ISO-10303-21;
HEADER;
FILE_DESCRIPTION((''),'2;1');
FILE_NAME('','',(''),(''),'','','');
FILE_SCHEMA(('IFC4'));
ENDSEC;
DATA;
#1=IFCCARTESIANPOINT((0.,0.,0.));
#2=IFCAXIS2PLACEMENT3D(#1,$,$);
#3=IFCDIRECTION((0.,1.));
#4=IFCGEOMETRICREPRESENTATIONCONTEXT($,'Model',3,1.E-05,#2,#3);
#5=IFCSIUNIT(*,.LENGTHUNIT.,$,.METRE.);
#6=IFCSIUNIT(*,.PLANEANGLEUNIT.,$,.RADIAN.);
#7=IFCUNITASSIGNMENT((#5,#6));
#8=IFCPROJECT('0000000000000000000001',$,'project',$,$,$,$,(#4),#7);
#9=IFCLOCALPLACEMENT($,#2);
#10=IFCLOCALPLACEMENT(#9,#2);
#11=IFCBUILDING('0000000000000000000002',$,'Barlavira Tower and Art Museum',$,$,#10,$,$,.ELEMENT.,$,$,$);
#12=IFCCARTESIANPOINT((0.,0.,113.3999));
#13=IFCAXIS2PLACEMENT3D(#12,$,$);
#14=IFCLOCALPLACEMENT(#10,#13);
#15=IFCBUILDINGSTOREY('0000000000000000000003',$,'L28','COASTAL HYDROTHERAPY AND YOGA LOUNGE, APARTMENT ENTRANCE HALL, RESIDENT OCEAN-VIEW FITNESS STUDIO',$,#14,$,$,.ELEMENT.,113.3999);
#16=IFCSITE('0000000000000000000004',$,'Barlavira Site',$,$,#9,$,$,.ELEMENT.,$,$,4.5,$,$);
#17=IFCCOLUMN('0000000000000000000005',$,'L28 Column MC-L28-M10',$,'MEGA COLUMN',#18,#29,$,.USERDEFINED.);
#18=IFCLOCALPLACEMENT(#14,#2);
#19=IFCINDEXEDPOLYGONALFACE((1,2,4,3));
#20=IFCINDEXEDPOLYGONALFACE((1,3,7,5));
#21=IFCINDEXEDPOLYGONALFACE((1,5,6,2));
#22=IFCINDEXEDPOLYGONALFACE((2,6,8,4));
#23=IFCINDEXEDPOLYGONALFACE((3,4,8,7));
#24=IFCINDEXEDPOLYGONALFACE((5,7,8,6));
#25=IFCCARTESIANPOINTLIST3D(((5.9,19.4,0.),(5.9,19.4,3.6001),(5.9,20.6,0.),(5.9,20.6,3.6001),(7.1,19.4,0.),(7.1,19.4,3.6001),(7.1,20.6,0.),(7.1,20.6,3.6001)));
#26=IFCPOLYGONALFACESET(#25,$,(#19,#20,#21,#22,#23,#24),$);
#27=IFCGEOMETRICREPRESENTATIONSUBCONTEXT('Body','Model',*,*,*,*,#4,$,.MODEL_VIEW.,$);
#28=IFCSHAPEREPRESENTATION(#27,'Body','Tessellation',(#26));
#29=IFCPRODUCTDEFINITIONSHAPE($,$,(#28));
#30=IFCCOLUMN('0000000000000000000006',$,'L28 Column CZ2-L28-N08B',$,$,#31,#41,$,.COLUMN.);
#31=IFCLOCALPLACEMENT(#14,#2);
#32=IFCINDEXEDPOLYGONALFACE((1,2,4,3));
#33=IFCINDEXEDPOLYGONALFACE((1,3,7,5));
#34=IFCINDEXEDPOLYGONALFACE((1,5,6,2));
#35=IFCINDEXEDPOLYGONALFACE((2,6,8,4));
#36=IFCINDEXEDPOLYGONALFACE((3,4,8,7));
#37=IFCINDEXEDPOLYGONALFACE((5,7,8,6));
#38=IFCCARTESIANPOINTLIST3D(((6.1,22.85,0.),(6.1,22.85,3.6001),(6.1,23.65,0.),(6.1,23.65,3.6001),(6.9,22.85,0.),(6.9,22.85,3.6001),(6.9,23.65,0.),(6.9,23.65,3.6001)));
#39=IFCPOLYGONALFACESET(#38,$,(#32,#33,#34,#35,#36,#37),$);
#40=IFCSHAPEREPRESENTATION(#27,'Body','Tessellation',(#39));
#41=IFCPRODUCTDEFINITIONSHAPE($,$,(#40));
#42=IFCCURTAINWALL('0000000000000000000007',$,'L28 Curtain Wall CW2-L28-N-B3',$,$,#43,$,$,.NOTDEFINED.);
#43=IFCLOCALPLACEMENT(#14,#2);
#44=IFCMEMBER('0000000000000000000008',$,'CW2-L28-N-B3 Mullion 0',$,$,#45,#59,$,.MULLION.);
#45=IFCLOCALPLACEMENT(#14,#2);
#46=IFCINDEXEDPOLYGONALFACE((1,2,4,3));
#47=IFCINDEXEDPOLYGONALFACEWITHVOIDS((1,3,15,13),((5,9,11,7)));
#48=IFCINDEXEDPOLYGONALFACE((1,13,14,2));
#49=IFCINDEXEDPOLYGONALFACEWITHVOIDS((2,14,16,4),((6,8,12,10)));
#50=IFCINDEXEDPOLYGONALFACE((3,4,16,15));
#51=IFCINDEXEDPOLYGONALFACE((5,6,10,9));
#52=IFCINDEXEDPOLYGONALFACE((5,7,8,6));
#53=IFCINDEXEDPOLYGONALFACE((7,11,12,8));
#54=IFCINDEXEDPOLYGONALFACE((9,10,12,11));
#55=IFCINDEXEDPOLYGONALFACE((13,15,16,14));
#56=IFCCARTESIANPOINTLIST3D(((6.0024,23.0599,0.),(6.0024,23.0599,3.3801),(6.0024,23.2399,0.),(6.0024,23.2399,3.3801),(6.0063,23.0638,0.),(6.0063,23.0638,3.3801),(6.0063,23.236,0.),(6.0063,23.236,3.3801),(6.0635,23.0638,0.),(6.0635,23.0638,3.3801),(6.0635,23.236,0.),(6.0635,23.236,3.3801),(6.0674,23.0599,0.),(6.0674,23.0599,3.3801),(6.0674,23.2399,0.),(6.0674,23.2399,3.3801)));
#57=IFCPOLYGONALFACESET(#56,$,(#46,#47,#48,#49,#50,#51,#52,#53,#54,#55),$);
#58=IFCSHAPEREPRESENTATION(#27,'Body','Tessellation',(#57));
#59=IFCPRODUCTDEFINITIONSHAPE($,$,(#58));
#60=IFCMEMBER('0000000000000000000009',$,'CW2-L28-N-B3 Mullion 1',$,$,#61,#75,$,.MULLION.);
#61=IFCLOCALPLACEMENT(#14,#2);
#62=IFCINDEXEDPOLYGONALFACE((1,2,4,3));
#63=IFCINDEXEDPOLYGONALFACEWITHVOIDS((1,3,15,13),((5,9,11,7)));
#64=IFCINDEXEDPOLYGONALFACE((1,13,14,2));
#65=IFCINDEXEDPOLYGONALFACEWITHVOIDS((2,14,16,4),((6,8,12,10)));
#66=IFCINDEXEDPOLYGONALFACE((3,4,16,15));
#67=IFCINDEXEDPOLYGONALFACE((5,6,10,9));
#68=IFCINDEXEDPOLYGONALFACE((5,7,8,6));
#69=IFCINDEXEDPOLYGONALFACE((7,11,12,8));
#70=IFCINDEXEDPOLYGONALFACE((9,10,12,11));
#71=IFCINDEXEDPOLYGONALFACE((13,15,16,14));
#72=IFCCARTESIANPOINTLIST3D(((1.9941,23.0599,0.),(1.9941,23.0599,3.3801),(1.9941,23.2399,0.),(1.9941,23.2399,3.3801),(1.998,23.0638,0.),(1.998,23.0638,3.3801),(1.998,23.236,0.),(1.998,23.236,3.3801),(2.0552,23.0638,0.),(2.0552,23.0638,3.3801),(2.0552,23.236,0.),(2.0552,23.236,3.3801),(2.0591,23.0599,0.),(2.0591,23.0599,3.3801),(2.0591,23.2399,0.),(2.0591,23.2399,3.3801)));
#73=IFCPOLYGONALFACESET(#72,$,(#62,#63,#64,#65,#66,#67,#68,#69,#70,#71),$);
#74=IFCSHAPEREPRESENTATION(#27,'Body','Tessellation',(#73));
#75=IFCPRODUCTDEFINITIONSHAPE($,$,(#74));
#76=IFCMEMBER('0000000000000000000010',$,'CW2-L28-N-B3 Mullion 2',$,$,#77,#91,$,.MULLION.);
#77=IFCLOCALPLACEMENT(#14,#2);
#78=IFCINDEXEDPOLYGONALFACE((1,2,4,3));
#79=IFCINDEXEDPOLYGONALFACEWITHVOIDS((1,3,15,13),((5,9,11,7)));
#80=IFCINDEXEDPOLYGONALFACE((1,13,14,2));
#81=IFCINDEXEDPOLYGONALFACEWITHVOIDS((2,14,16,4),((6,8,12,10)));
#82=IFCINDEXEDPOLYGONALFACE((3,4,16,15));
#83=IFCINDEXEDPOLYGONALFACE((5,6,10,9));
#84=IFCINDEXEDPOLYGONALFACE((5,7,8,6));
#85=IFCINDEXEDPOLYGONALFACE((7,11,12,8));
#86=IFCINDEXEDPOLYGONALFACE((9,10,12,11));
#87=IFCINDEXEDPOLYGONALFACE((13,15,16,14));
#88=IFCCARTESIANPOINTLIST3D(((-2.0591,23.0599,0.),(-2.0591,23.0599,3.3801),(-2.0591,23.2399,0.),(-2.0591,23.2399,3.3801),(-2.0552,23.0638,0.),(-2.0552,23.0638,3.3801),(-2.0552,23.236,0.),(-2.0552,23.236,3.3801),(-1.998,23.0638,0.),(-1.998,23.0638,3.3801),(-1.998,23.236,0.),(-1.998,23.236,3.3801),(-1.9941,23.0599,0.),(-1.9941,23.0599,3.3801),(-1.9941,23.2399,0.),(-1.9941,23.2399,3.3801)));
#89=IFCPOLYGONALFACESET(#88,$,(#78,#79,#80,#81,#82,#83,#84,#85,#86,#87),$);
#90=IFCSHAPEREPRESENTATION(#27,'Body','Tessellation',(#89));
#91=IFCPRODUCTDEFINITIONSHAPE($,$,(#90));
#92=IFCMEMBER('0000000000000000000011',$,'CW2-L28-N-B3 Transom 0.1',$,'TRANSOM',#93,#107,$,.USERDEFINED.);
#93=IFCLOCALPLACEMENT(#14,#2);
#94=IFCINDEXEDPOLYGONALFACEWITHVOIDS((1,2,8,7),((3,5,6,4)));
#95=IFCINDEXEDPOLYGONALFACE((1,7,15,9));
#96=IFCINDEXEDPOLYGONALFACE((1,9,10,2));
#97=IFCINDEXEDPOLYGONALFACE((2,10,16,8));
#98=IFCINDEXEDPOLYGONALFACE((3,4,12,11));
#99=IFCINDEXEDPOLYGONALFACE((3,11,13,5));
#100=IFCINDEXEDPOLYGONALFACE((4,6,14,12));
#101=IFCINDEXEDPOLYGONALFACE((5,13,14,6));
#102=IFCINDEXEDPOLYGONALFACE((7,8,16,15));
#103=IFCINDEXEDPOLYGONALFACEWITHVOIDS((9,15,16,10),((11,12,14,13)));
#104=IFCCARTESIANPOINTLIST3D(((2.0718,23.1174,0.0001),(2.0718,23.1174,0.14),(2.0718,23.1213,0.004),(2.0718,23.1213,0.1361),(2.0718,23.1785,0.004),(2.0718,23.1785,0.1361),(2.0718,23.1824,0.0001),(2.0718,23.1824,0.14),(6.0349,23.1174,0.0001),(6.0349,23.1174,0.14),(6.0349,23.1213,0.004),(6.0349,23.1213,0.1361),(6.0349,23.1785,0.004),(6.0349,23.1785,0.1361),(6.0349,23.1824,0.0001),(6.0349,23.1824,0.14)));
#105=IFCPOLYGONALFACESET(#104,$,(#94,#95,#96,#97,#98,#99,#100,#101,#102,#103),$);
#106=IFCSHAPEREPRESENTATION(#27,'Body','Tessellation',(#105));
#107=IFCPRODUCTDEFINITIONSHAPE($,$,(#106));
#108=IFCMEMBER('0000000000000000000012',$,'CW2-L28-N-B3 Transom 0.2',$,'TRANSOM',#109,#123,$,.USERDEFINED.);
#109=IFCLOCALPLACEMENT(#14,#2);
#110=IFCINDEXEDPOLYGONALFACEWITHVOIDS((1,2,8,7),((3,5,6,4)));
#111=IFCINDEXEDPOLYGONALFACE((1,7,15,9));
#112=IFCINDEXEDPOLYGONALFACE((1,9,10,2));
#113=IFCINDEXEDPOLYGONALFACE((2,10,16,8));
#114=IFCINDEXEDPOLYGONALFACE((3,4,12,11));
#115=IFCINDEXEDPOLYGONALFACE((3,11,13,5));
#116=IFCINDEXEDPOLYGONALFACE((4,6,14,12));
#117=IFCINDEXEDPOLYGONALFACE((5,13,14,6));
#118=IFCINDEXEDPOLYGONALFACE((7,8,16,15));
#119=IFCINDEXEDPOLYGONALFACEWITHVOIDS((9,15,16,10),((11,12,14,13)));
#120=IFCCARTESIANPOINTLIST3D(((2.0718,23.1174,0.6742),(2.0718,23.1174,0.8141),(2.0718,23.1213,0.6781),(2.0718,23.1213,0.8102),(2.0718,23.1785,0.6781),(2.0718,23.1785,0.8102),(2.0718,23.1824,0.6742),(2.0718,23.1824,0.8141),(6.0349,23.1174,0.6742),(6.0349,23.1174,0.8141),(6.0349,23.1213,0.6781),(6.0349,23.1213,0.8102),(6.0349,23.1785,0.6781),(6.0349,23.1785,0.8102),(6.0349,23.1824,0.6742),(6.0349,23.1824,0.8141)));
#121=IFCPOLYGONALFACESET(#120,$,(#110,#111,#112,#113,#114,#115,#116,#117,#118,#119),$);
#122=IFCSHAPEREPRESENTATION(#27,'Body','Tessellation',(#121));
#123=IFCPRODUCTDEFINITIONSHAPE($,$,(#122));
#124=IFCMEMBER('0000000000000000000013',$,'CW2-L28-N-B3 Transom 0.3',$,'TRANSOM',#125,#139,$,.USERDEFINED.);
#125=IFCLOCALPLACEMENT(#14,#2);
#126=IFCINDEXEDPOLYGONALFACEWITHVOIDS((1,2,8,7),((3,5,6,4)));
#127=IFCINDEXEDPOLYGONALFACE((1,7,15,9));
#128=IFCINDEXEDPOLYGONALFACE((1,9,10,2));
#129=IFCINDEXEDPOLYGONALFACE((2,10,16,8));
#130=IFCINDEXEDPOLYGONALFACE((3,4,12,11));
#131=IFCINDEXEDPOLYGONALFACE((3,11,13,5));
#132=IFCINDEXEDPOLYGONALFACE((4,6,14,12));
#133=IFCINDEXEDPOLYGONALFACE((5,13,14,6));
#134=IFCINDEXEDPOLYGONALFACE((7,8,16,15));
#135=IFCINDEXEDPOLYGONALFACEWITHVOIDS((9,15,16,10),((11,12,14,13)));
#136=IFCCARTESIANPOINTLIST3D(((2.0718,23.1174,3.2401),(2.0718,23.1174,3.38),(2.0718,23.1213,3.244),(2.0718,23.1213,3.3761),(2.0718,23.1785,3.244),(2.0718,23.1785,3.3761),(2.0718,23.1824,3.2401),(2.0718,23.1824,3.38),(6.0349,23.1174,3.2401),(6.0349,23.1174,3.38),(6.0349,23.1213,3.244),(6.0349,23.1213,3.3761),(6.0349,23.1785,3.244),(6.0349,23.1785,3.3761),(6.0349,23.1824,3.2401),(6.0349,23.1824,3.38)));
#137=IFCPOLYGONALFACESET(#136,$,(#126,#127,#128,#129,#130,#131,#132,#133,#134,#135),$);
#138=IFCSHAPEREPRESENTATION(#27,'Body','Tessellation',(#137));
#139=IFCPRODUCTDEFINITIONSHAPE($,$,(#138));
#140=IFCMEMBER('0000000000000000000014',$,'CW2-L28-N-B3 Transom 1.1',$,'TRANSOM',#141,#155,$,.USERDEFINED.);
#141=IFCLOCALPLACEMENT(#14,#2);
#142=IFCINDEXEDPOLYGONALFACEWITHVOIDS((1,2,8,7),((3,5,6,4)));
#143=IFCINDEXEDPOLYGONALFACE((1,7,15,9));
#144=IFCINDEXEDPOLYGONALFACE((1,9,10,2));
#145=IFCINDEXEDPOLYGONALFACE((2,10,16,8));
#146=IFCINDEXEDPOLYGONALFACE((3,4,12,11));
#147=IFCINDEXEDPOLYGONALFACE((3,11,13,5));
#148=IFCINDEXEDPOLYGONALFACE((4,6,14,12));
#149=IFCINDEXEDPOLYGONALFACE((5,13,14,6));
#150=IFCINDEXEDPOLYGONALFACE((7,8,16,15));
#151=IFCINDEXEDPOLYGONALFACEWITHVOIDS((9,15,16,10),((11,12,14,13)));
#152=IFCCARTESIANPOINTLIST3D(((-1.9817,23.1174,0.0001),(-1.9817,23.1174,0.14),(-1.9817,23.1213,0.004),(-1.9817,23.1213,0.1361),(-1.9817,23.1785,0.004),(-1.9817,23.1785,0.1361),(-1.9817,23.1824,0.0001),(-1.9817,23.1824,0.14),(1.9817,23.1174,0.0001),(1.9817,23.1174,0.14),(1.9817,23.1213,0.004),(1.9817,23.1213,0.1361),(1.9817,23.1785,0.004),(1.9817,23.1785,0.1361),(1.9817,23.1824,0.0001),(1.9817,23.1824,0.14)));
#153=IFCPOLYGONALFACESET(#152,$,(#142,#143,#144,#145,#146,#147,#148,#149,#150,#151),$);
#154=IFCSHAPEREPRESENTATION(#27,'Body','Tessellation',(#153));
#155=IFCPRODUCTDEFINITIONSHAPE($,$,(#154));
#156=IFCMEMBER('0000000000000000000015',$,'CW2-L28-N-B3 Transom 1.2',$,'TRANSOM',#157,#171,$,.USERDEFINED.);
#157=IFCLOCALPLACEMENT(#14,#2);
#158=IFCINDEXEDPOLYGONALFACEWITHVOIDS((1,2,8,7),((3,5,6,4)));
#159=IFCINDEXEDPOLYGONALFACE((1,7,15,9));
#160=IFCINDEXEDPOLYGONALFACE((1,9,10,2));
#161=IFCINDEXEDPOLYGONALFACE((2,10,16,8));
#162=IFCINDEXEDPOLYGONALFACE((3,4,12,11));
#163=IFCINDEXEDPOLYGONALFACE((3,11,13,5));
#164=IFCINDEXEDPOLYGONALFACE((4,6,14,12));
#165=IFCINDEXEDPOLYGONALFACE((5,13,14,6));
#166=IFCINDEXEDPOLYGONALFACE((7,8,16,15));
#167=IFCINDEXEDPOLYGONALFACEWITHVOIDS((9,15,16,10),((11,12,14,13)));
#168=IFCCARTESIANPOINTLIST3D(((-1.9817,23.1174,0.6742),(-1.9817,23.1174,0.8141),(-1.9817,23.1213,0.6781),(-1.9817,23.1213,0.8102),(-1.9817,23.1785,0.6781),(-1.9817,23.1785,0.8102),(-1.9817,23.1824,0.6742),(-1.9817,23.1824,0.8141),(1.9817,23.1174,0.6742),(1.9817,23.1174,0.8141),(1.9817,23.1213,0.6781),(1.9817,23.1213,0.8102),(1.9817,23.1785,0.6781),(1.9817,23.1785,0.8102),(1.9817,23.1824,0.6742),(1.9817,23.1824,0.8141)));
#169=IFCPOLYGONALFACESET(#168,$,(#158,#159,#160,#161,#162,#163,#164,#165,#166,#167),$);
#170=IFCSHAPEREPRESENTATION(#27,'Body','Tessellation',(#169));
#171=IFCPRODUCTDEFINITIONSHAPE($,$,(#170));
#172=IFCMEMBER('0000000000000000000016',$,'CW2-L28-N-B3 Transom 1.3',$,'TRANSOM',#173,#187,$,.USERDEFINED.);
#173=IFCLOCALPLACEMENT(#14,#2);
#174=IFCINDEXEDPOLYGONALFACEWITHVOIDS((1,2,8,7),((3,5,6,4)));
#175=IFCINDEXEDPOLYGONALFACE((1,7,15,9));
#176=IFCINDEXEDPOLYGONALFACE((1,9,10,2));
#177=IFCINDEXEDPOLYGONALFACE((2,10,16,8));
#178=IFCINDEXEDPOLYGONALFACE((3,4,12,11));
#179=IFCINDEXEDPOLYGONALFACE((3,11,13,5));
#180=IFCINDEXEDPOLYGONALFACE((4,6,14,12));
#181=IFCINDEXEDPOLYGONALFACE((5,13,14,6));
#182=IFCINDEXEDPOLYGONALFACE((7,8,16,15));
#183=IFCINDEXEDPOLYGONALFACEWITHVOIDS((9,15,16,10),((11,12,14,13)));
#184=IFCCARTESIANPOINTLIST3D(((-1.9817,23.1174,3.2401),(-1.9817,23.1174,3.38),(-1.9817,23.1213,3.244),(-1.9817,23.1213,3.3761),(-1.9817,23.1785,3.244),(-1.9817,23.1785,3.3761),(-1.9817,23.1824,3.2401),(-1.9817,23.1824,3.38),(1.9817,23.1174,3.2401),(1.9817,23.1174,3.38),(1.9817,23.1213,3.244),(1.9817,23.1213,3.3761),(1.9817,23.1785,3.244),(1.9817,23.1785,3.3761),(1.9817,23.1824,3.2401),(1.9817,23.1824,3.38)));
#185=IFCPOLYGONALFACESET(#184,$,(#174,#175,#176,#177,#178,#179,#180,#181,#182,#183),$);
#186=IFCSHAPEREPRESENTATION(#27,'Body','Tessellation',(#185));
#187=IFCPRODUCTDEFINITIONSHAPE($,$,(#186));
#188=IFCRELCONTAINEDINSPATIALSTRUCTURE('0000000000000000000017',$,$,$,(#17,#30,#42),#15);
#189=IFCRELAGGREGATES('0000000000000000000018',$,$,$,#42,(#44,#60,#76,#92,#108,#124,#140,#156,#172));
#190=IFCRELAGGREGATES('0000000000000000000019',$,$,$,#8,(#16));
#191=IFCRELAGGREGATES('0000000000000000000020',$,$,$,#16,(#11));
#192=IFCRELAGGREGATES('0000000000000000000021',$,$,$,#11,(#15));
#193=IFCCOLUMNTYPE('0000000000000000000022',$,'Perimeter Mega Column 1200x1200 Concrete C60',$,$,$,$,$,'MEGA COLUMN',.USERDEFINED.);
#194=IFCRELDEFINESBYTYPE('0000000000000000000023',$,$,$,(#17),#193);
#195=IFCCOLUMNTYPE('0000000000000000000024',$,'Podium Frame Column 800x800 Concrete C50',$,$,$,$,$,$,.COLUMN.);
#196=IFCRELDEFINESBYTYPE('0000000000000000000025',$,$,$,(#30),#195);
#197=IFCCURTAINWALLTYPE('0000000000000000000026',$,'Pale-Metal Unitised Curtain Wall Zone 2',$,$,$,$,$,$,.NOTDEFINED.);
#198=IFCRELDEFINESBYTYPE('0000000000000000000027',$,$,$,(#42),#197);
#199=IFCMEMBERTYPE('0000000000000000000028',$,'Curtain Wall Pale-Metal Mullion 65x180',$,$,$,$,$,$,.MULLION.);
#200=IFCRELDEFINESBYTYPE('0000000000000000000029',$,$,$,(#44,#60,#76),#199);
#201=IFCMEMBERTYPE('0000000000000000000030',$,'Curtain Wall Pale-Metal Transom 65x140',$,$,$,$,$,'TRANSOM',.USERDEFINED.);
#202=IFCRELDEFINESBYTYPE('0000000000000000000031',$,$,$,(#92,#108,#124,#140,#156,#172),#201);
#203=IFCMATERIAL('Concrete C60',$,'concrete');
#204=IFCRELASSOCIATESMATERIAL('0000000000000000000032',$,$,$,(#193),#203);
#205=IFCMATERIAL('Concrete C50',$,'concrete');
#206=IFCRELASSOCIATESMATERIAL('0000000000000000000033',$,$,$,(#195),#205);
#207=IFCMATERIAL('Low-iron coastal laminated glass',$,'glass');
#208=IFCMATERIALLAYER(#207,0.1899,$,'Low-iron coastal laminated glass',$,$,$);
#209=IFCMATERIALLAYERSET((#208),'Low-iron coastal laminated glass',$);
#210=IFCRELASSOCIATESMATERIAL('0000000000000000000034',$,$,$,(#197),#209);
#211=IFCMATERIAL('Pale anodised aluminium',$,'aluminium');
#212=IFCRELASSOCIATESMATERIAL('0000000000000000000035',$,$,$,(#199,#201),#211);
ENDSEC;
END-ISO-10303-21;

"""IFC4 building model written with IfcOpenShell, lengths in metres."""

from ifc_helpers import new_model, si_unit, direction, frame, origin, origin_2d, place, context, subcontext, project, spatial, rectangle, hollow_rectangle, extrude, material, layer, layer_set, material_profile, profile_set, type_object, element, aggregate, save


model = new_model("IFC4")

# Units and contexts
model_context = context("Model", 3, precision=1e-05, world=origin(), true_north=direction((0.0, 1.0)))
body_context = subcontext(model_context, "Body", "Model", "MODEL_VIEW")
ifc_project = project(units=[si_unit("LENGTHUNIT", "METRE"), si_unit("PLANEANGLEUNIT", "RADIAN")], contexts=[model_context])

# Site, building, storey
site_placement = place(None, origin())
site = spatial("IfcSite", under=ifc_project, at=site_placement, Name="Barlavira Site", CompositionType="ELEMENT", RefElevation=4.5)
building_placement = place(site_placement, origin())
building = spatial("IfcBuilding", under=site, at=building_placement, Name="Barlavira Tower and Art Museum", CompositionType="ELEMENT")
storey_placement = place(building_placement, frame((0.0, 0.0, 113.3999)))
storey = spatial("IfcBuildingStorey", under=building, at=storey_placement, Name="L28", Description="COASTAL HYDROTHERAPY AND YOGA LOUNGE, APARTMENT ENTRANCE HALL, RESIDENT OCEAN-VIEW FITNESS STUDIO", CompositionType="ELEMENT", Elevation=113.3999)

# Columns
ifc_material_1 = material(Name="Concrete C60", Category="concrete")
ifc_material_profile_1 = material_profile(ifc_material_1, rectangle(XDim=1.2, YDim=1.2, at=origin_2d()), Name="RC-COL 1200x1200")
ifc_profile_set_1 = profile_set([ifc_material_profile_1], Name="Concrete C60")
column_type_1 = type_object("IfcColumnType", Name="Perimeter Mega Column 1200x1200 Concrete C60", ElementType="MEGA COLUMN", PredefinedType="USERDEFINED", material=ifc_profile_set_1)
column_1_placement = place(storey_placement, frame((6.5, 20.0, 0.0), z_axis=(0.0, 0.0, 1.0), x_axis=(1.0, 0.0, 0.0)))
element("IfcColumn", 1, at=column_1_placement, inside=storey, type_object=column_type_1, Name="L28 Column MC-L28-M10", ObjectType="MEGA COLUMN", PredefinedType="USERDEFINED", context=body_context, shape_type="SweptSolid", body=[
    extrude(rectangle(XDim=1.2, YDim=1.2, at=origin_2d()), origin(), (0.0, 0.0, 1.0), 3.6001),
])
ifc_material_2 = material(Name="Concrete C50", Category="concrete")
ifc_material_profile_2 = material_profile(ifc_material_2, rectangle(XDim=0.8, YDim=0.8, at=origin_2d()), Name="RC-COL 800x800")
ifc_profile_set_2 = profile_set([ifc_material_profile_2], Name="Concrete C50")
column_type_2 = type_object("IfcColumnType", Name="Podium Frame Column 800x800 Concrete C50", PredefinedType="COLUMN", material=ifc_profile_set_2)
column_2_placement = place(storey_placement, frame((6.5, 23.25, 0.0), z_axis=(0.0, 0.0, 1.0), x_axis=(1.0, 0.0, 0.0)))
element("IfcColumn", 2, at=column_2_placement, inside=storey, type_object=column_type_2, Name="L28 Column CZ2-L28-N08B", PredefinedType="COLUMN", context=body_context, shape_type="SweptSolid", body=[
    extrude(rectangle(XDim=0.8, YDim=0.8, at=origin_2d()), origin(), (0.0, 0.0, 1.0), 3.6001),
])

# Curtain wall, members
ifc_material_3 = material(Name="Low-iron coastal laminated glass", Category="glass")
ifc_layer_1 = layer(ifc_material_3, 0.1899, Name="Low-iron coastal laminated glass")
ifc_layer_set_1 = layer_set([ifc_layer_1], Name="Low-iron coastal laminated glass")
curtain_wall_type = type_object("IfcCurtainWallType", Name="Pale-Metal Unitised Curtain Wall Zone 2", PredefinedType="NOTDEFINED", material=ifc_layer_set_1)
curtain_wall_placement = place(storey_placement, origin())
curtain_wall = element("IfcCurtainWall", 3, at=curtain_wall_placement, inside=storey, type_object=curtain_wall_type, Name="L28 Curtain Wall CW2-L28-N-B3", PredefinedType="NOTDEFINED")
ifc_material_4 = material(Name="Pale anodised aluminium", Category="aluminium")
ifc_material_profile_3 = material_profile(ifc_material_4, hollow_rectangle(XDim=0.0649, YDim=0.1799, WallThickness=0.0039, at=origin_2d()), Name="ALU-MULL 65x180x4")
ifc_profile_set_3 = profile_set([ifc_material_profile_3], Name="Pale anodised aluminium")
member_type_1 = type_object("IfcMemberType", Name="Curtain Wall Pale-Metal Mullion 65x180", PredefinedType="MULLION", material=ifc_profile_set_3)
member_1_placement = place(storey_placement, frame((6.0349, 23.1499, 0.0), z_axis=(0.0, 0.0, 1.0), x_axis=(-1.0, 0.0, 0.0)))
member_1 = element("IfcMember", 4, at=member_1_placement, type_object=member_type_1, Name="CW2-L28-N-B3 Mullion 0", PredefinedType="MULLION", context=body_context, shape_type="SweptSolid", body=[
    extrude(hollow_rectangle(XDim=0.0649, YDim=0.1799, WallThickness=0.0039, at=origin_2d()), origin(), (0.0, 0.0, 1.0), 3.3801),
])
member_2_placement = place(storey_placement, frame((2.0266, 23.1499, 0.0), z_axis=(0.0, 0.0, 1.0), x_axis=(-1.0, 0.0, 0.0)))
member_2 = element("IfcMember", 5, at=member_2_placement, type_object=member_type_1, Name="CW2-L28-N-B3 Mullion 1", PredefinedType="MULLION", context=body_context, shape_type="SweptSolid", body=[
    extrude(hollow_rectangle(XDim=0.0649, YDim=0.1799, WallThickness=0.0039, at=origin_2d()), origin(), (0.0, 0.0, 1.0), 3.3801),
])
member_3_placement = place(storey_placement, frame((-2.0266, 23.1499, 0.0), z_axis=(0.0, 0.0, 1.0), x_axis=(-1.0, 0.0, 0.0)))
member_3 = element("IfcMember", 6, at=member_3_placement, type_object=member_type_1, Name="CW2-L28-N-B3 Mullion 2", PredefinedType="MULLION", context=body_context, shape_type="SweptSolid", body=[
    extrude(hollow_rectangle(XDim=0.0649, YDim=0.1799, WallThickness=0.0039, at=origin_2d()), origin(), (0.0, 0.0, 1.0), 3.3801),
])
ifc_material_profile_4 = material_profile(ifc_material_4, hollow_rectangle(XDim=0.0649, YDim=0.1399, WallThickness=0.0039, at=origin_2d()), Name="ALU-TRAN 65x140x4")
ifc_profile_set_4 = profile_set([ifc_material_profile_4], Name="Pale anodised aluminium")
member_type_2 = type_object("IfcMemberType", Name="Curtain Wall Pale-Metal Transom 65x140", ElementType="TRANSOM", PredefinedType="USERDEFINED", material=ifc_profile_set_4)
member_4_placement = place(storey_placement, frame((6.0349, 23.1499, 0.0701), z_axis=(-1.0, 0.0, 0.0), x_axis=(0.0, -1.0, 0.0)))
member_4 = element("IfcMember", 7, at=member_4_placement, type_object=member_type_2, Name="CW2-L28-N-B3 Transom 0.1", ObjectType="TRANSOM", PredefinedType="USERDEFINED", context=body_context, shape_type="SweptSolid", body=[
    extrude(hollow_rectangle(XDim=0.0649, YDim=0.1399, WallThickness=0.0039, at=origin_2d()), origin(), (0.0, 0.0, 1.0), 3.9631),
])
member_5_placement = place(storey_placement, frame((6.0349, 23.1499, 0.7441), z_axis=(-1.0, 0.0, 0.0), x_axis=(0.0, -1.0, 0.0)))
member_5 = element("IfcMember", 8, at=member_5_placement, type_object=member_type_2, Name="CW2-L28-N-B3 Transom 0.2", ObjectType="TRANSOM", PredefinedType="USERDEFINED", context=body_context, shape_type="SweptSolid", body=[
    extrude(hollow_rectangle(XDim=0.0649, YDim=0.1399, WallThickness=0.0039, at=origin_2d()), origin(), (0.0, 0.0, 1.0), 3.9631),
])
member_6_placement = place(storey_placement, frame((6.0349, 23.1499, 3.3101), z_axis=(-1.0, 0.0, 0.0), x_axis=(0.0, -1.0, 0.0)))
member_6 = element("IfcMember", 9, at=member_6_placement, type_object=member_type_2, Name="CW2-L28-N-B3 Transom 0.3", ObjectType="TRANSOM", PredefinedType="USERDEFINED", context=body_context, shape_type="SweptSolid", body=[
    extrude(hollow_rectangle(XDim=0.0649, YDim=0.1399, WallThickness=0.0039, at=origin_2d()), origin(), (0.0, 0.0, 1.0), 3.9631),
])
member_7_placement = place(storey_placement, frame((1.9817, 23.1499, 0.0701), z_axis=(-1.0, 0.0, 0.0), x_axis=(0.0, -1.0, 0.0)))
member_7 = element("IfcMember", 10, at=member_7_placement, type_object=member_type_2, Name="CW2-L28-N-B3 Transom 1.1", ObjectType="TRANSOM", PredefinedType="USERDEFINED", context=body_context, shape_type="SweptSolid", body=[
    extrude(hollow_rectangle(XDim=0.0649, YDim=0.1399, WallThickness=0.0039, at=origin_2d()), origin(), (0.0, 0.0, 1.0), 3.9634),
])
member_8_placement = place(storey_placement, frame((1.9817, 23.1499, 0.7441), z_axis=(-1.0, 0.0, 0.0), x_axis=(0.0, -1.0, 0.0)))
member_8 = element("IfcMember", 11, at=member_8_placement, type_object=member_type_2, Name="CW2-L28-N-B3 Transom 1.2", ObjectType="TRANSOM", PredefinedType="USERDEFINED", context=body_context, shape_type="SweptSolid", body=[
    extrude(hollow_rectangle(XDim=0.0649, YDim=0.1399, WallThickness=0.0039, at=origin_2d()), origin(), (0.0, 0.0, 1.0), 3.9634),
])
member_9_placement = place(storey_placement, frame((1.9817, 23.1499, 3.3101), z_axis=(-1.0, 0.0, 0.0), x_axis=(0.0, -1.0, 0.0)))
member_9 = element("IfcMember", 12, at=member_9_placement, type_object=member_type_2, Name="CW2-L28-N-B3 Transom 1.3", ObjectType="TRANSOM", PredefinedType="USERDEFINED", context=body_context, shape_type="SweptSolid", body=[
    extrude(hollow_rectangle(XDim=0.0649, YDim=0.1399, WallThickness=0.0039, at=origin_2d()), origin(), (0.0, 0.0, 1.0), 3.9634),
])

aggregate(curtain_wall, [member_1, member_2, member_3, member_4, member_5, member_6, member_7, member_8, member_9])

save(model, "model.ifc")
